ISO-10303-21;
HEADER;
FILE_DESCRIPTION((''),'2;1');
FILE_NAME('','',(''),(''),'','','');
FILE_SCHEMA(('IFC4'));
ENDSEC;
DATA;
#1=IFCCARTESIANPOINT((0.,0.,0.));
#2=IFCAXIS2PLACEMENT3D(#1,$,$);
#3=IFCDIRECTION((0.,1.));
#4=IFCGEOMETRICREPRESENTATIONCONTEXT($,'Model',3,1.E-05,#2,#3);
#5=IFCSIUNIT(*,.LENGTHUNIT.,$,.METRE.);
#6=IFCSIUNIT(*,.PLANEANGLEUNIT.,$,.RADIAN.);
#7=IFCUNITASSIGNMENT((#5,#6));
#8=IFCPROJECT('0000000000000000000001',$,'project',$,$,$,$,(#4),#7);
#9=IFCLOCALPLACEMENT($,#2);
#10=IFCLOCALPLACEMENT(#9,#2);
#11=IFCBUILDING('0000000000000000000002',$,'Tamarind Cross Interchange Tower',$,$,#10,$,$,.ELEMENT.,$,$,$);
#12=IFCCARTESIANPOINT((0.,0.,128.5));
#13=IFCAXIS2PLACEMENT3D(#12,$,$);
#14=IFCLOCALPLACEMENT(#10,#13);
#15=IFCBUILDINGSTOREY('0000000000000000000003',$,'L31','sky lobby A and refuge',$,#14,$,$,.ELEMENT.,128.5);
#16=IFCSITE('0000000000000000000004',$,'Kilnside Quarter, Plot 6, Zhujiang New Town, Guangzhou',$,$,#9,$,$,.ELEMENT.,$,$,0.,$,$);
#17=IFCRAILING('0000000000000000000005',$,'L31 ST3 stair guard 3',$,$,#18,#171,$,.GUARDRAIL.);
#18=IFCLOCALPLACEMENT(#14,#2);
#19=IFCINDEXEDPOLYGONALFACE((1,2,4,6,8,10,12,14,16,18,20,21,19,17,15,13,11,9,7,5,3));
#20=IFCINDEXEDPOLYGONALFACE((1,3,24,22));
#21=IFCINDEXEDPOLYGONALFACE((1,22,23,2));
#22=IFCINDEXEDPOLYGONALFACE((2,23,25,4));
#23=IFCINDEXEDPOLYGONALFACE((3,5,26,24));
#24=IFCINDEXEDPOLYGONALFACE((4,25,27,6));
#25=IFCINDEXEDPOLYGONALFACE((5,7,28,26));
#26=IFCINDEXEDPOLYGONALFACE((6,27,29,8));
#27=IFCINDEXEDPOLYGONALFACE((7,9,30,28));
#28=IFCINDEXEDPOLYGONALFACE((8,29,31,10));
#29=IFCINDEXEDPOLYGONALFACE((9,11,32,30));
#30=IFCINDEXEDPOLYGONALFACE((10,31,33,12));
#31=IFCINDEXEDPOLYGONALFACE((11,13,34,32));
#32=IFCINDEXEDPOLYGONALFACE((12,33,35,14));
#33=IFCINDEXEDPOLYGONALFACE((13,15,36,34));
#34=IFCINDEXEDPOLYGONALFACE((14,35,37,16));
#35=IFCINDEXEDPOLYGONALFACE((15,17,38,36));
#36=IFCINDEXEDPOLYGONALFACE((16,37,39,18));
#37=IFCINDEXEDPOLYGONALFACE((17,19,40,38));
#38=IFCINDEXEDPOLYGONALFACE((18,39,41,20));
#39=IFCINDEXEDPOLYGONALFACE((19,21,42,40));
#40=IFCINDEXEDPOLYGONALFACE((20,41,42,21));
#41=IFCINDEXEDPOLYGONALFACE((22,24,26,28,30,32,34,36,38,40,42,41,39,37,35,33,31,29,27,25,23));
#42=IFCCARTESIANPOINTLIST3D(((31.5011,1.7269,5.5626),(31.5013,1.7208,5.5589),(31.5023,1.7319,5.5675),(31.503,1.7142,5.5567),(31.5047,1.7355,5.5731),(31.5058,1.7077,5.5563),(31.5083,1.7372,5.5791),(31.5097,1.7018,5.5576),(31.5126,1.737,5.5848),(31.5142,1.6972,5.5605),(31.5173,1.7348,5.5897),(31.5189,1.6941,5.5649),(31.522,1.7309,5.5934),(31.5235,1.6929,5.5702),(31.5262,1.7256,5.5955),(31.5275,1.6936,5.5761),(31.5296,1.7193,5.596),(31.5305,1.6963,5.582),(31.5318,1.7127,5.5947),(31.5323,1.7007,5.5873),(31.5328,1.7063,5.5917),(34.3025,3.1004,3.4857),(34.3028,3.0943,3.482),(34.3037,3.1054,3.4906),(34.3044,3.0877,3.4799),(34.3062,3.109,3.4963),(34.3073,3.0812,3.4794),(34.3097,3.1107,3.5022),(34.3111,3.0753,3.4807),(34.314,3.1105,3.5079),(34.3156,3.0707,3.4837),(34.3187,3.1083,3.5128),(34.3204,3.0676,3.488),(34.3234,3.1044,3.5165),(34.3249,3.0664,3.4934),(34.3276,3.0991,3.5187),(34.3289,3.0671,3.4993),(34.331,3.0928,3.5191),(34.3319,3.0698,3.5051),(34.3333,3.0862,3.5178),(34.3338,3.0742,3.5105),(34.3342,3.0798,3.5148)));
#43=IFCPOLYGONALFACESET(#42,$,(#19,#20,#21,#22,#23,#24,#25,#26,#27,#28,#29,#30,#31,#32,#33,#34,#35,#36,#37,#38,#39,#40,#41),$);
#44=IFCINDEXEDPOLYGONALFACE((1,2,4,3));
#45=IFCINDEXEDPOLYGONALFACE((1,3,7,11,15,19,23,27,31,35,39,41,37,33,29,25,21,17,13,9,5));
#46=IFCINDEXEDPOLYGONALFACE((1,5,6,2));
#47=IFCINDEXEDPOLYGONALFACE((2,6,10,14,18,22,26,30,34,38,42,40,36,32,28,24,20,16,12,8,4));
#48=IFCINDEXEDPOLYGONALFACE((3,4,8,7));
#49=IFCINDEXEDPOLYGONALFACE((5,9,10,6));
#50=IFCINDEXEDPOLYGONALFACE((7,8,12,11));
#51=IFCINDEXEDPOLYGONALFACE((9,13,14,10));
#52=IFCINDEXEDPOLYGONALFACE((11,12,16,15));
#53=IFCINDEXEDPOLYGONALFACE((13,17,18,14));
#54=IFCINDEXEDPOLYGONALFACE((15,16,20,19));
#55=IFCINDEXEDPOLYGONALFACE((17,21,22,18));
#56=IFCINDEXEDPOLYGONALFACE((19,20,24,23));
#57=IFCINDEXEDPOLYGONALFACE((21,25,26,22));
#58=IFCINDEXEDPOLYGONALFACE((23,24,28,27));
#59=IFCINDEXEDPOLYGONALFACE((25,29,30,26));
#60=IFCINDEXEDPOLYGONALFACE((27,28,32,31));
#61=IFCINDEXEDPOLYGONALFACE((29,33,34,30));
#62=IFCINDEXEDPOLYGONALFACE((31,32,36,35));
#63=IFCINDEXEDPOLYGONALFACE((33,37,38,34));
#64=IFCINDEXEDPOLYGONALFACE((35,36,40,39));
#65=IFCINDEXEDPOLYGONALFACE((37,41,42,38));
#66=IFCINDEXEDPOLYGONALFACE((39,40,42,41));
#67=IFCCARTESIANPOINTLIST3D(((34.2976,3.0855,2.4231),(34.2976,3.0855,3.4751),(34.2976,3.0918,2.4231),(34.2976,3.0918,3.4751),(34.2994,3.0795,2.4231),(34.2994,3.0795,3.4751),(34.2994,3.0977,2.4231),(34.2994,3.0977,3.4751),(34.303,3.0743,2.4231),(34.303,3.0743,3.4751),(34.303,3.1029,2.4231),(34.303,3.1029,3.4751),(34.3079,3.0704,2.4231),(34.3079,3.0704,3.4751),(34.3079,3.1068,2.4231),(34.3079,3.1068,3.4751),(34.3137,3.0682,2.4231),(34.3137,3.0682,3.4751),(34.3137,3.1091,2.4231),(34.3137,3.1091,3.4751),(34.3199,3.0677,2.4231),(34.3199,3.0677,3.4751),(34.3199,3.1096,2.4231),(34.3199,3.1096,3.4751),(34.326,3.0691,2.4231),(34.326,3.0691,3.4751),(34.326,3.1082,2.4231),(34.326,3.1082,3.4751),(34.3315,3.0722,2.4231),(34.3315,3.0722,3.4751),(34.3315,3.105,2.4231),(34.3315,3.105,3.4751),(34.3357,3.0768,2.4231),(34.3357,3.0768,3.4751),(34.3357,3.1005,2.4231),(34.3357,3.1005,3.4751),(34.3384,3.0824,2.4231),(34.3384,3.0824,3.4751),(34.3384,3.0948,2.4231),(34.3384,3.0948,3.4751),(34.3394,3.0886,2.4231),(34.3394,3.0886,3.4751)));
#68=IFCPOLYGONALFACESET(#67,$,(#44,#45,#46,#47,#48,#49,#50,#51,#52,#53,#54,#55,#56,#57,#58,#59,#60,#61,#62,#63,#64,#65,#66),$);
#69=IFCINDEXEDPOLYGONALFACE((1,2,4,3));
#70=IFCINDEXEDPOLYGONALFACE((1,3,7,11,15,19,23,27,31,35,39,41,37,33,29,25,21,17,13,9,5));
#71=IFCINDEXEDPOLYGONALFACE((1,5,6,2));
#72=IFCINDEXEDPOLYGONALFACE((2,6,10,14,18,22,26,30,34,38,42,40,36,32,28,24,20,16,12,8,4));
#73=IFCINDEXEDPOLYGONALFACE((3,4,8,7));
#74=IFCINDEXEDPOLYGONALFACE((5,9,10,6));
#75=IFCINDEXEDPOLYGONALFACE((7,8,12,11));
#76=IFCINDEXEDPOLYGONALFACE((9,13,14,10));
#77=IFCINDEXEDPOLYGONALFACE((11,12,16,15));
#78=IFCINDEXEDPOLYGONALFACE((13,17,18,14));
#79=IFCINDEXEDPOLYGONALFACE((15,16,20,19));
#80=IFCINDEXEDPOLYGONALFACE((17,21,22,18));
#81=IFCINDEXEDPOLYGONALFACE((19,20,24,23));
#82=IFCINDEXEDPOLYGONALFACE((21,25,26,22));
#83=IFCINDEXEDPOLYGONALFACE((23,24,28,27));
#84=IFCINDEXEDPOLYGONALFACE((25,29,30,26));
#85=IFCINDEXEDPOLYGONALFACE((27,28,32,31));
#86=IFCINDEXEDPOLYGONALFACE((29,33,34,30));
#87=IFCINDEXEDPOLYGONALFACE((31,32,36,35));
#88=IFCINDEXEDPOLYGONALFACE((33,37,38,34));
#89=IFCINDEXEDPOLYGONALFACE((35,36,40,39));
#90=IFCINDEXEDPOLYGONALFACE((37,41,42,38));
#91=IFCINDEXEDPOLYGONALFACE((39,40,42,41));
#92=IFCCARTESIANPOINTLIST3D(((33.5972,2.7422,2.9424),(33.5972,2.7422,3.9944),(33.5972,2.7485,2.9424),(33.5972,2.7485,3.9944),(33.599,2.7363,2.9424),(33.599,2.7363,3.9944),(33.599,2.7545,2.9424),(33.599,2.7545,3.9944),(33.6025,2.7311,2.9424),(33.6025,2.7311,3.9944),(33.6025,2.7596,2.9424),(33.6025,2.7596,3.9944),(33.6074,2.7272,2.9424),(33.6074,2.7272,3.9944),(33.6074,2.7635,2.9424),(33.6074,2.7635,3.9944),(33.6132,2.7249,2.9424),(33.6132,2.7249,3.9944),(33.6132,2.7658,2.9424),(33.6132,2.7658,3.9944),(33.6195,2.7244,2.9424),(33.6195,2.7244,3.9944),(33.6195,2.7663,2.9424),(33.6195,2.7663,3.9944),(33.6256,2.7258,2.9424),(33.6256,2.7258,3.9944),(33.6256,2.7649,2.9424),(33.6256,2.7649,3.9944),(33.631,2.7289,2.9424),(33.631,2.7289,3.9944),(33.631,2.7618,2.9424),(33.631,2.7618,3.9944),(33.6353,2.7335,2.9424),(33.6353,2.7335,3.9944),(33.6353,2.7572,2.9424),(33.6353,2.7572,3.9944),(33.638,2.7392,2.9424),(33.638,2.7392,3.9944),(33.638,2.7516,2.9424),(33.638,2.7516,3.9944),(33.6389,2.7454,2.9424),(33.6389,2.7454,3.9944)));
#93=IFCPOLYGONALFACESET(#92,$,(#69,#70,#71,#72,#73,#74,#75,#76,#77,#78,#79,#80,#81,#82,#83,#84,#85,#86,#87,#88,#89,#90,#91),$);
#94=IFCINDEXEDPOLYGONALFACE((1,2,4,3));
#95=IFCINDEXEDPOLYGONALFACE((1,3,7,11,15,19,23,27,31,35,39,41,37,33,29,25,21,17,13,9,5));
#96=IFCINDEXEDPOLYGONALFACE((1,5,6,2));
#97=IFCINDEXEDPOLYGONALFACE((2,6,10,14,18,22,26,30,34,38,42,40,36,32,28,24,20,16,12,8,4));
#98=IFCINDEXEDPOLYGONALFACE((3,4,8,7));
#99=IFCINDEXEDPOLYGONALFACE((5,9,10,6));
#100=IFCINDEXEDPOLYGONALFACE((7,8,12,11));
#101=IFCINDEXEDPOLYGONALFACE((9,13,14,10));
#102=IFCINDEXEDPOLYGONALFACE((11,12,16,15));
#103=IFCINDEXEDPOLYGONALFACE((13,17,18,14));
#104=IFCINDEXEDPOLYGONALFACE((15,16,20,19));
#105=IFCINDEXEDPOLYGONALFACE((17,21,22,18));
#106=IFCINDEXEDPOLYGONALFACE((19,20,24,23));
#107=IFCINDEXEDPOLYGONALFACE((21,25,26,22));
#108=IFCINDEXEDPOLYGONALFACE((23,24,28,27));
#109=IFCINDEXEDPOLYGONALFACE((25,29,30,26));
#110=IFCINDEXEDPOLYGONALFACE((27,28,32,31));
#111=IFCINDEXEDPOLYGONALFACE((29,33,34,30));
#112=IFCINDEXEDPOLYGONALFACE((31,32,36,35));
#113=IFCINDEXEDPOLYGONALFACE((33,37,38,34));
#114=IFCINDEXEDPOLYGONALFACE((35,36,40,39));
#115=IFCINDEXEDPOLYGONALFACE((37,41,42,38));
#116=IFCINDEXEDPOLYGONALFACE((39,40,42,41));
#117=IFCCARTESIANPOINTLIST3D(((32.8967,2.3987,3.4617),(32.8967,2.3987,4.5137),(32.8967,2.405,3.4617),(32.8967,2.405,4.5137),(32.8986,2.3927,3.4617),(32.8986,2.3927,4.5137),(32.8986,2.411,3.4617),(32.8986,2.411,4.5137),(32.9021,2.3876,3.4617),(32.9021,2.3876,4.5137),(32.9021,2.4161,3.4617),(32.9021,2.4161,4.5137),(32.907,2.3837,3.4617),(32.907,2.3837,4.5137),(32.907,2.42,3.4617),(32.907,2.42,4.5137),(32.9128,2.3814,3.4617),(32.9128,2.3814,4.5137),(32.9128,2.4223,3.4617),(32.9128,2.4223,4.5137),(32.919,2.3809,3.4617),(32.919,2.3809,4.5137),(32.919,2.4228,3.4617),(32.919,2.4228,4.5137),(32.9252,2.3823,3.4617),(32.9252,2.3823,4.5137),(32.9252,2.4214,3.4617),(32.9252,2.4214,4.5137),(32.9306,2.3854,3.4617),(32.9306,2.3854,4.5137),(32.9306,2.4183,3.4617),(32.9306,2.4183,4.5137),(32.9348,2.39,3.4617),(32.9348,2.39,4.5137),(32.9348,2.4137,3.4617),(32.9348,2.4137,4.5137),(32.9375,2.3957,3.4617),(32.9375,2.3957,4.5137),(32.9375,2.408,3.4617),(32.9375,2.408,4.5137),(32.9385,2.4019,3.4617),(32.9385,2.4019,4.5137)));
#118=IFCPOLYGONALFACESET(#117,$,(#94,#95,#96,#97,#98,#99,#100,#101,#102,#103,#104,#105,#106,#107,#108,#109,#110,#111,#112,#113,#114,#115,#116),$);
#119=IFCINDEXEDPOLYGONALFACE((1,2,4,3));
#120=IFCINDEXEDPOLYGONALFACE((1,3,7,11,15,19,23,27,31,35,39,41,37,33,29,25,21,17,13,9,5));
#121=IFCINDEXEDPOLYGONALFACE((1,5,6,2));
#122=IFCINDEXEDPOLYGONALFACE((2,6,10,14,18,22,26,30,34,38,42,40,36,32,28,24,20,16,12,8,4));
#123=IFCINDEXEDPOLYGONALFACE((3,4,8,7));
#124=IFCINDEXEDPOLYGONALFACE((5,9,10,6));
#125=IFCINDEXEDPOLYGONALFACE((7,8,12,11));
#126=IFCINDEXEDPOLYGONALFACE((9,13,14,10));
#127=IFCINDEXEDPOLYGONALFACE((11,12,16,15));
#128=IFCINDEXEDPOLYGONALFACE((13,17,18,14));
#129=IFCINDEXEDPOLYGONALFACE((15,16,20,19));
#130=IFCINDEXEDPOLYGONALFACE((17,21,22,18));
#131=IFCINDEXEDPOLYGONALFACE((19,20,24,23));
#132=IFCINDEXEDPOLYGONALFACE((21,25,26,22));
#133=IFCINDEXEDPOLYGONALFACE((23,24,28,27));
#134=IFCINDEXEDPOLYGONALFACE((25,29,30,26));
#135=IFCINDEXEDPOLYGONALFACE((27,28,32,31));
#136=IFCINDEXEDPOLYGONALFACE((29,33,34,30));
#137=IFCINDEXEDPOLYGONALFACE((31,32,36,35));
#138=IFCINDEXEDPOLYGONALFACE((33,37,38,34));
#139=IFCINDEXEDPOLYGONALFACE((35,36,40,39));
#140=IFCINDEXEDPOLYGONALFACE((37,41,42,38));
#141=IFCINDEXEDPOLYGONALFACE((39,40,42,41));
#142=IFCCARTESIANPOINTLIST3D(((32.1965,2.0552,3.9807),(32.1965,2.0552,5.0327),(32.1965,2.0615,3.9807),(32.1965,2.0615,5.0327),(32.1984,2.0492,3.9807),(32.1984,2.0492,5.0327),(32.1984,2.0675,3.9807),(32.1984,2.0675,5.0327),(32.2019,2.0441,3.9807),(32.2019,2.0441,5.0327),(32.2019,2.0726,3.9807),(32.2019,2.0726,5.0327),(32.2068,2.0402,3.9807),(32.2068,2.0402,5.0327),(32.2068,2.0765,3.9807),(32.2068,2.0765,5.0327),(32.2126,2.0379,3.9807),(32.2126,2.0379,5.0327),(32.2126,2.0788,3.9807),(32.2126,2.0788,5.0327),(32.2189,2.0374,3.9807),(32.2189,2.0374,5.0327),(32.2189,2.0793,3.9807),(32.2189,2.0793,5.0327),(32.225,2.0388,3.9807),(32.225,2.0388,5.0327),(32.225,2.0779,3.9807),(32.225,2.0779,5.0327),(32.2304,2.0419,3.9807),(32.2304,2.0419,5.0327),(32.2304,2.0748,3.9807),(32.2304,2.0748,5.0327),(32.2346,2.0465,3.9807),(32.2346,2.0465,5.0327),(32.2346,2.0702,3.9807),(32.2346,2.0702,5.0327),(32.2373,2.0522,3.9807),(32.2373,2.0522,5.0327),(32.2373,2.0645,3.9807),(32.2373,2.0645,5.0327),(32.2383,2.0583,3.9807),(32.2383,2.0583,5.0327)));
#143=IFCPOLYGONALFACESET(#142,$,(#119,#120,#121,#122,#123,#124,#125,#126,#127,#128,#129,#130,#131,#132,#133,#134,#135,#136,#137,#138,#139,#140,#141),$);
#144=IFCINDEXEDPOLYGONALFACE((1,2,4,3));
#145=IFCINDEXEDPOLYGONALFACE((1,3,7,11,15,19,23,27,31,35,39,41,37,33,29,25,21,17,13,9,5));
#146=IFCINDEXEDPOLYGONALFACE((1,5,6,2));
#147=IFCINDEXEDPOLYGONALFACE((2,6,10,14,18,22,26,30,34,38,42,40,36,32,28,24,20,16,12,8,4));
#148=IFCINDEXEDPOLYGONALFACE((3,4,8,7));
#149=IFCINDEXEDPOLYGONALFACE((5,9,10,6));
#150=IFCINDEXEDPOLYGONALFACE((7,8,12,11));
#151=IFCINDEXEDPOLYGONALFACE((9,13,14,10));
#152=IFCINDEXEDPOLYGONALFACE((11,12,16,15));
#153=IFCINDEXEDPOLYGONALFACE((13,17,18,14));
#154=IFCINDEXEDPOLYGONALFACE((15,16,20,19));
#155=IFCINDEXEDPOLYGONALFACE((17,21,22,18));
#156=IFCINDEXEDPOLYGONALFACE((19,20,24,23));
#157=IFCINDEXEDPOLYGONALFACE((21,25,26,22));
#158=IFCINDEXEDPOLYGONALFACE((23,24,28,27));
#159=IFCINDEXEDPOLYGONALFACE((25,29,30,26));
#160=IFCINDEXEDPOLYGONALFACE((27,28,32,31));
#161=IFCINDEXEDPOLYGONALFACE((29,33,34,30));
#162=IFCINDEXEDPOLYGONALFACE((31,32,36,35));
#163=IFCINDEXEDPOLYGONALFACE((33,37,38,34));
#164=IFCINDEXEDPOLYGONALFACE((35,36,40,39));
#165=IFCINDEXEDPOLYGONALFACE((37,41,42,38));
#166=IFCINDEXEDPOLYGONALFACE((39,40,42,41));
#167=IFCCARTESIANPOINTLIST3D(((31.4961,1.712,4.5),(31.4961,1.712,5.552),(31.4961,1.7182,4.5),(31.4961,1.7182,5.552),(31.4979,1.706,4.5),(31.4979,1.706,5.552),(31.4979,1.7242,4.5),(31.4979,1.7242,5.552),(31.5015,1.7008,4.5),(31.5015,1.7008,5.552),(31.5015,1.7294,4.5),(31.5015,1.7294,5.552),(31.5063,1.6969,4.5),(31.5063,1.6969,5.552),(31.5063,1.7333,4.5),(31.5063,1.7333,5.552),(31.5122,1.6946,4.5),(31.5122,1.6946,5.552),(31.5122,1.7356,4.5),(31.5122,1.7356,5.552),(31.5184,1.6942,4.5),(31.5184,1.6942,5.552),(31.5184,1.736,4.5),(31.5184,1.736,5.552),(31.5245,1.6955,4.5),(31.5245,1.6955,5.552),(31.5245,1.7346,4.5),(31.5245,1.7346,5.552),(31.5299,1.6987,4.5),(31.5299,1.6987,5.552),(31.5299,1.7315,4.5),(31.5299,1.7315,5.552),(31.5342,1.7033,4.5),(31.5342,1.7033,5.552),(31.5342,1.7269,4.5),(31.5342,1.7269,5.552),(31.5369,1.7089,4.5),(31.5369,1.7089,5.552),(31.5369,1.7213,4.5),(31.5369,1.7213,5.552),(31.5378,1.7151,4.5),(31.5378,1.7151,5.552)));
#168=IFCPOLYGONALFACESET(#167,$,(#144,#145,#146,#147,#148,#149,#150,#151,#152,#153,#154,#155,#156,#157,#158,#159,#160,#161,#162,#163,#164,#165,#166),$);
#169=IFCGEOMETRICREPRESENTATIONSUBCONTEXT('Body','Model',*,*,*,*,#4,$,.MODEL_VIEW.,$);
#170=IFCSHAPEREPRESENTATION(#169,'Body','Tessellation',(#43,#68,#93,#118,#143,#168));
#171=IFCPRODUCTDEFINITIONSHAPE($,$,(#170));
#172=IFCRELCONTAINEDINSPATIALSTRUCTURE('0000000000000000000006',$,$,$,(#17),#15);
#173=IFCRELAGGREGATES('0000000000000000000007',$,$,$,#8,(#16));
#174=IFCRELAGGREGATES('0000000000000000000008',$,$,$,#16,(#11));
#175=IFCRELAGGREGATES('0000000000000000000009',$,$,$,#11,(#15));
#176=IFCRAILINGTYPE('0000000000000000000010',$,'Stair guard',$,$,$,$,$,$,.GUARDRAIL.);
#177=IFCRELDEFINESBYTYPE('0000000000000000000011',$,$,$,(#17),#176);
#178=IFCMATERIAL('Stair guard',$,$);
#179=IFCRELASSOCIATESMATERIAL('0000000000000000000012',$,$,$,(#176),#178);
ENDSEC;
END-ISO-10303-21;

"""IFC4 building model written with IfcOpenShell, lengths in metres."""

from ifc_helpers import new_model, si_unit, direction, frame, origin, origin_2d, place, context, subcontext, project, spatial, circle, extrude, material, type_object, element, save


model = new_model("IFC4")

# Units and contexts
model_context = context("Model", 3, precision=1e-05, world=origin(), true_north=direction((0.0, 1.0)))
body_context = subcontext(model_context, "Body", "Model", "MODEL_VIEW")
ifc_project = project(units=[si_unit("LENGTHUNIT", "METRE"), si_unit("PLANEANGLEUNIT", "RADIAN")], contexts=[model_context])

# Site, building, storey
site_placement = place(None, origin())
site = spatial("IfcSite", under=ifc_project, at=site_placement, Name="Kilnside Quarter, Plot 6, Zhujiang New Town, Guangzhou", CompositionType="ELEMENT", RefElevation=0.0)
building_placement = place(site_placement, origin())
building = spatial("IfcBuilding", under=site, at=building_placement, Name="Tamarind Cross Interchange Tower", CompositionType="ELEMENT")
storey_placement = place(building_placement, frame((0.0, 0.0, 128.5)))
storey = spatial("IfcBuildingStorey", under=building, at=storey_placement, Name="L31", Description="sky lobby A and refuge", CompositionType="ELEMENT", Elevation=128.5)

# Railing
ifc_material_1 = material(Name="Stair guard")
railing_type_1 = type_object("IfcRailingType", Name="Stair guard", PredefinedType="GUARDRAIL", material=ifc_material_1)
railing_1_placement = place(storey_placement, frame((34.3184, 3.0886, 2.4231)))
element("IfcRailing", 1, at=railing_1_placement, inside=storey, type_object=railing_type_1, Name="L31 ST3 stair guard 3", PredefinedType="GUARDRAIL", context=body_context, shape_type="SweptSolid", body=[
    extrude(circle(Radius=0.0239, at=origin_2d()), frame((0.0, 0.0, 1.0762), z_axis=(-0.74744, -0.366457, 0.554115), x_axis=(0.44022, -0.89789, 0.0)), (0.0, 0.0, 1.0), 3.748),
    extrude(circle(Radius=0.021, at=origin_2d()), origin(), (0.0, 0.0, 1.0), 1.052),
    extrude(circle(Radius=0.021, at=origin_2d()), frame((-0.7004, -0.3433, 0.5193)), (0.0, 0.0, 1.0), 1.052),
    extrude(circle(Radius=0.021, at=origin_2d()), frame((-1.4009, -0.6868, 1.0386)), (0.0, 0.0, 1.0), 1.052),
    extrude(circle(Radius=0.021, at=origin_2d()), frame((-2.1011, -1.0303, 1.5576)), (0.0, 0.0, 1.0), 1.052),
    extrude(circle(Radius=0.021, at=origin_2d()), frame((-2.8015, -1.3735, 2.0769)), (0.0, 0.0, 1.0), 1.052),
])

save(model, "model.ifc")
